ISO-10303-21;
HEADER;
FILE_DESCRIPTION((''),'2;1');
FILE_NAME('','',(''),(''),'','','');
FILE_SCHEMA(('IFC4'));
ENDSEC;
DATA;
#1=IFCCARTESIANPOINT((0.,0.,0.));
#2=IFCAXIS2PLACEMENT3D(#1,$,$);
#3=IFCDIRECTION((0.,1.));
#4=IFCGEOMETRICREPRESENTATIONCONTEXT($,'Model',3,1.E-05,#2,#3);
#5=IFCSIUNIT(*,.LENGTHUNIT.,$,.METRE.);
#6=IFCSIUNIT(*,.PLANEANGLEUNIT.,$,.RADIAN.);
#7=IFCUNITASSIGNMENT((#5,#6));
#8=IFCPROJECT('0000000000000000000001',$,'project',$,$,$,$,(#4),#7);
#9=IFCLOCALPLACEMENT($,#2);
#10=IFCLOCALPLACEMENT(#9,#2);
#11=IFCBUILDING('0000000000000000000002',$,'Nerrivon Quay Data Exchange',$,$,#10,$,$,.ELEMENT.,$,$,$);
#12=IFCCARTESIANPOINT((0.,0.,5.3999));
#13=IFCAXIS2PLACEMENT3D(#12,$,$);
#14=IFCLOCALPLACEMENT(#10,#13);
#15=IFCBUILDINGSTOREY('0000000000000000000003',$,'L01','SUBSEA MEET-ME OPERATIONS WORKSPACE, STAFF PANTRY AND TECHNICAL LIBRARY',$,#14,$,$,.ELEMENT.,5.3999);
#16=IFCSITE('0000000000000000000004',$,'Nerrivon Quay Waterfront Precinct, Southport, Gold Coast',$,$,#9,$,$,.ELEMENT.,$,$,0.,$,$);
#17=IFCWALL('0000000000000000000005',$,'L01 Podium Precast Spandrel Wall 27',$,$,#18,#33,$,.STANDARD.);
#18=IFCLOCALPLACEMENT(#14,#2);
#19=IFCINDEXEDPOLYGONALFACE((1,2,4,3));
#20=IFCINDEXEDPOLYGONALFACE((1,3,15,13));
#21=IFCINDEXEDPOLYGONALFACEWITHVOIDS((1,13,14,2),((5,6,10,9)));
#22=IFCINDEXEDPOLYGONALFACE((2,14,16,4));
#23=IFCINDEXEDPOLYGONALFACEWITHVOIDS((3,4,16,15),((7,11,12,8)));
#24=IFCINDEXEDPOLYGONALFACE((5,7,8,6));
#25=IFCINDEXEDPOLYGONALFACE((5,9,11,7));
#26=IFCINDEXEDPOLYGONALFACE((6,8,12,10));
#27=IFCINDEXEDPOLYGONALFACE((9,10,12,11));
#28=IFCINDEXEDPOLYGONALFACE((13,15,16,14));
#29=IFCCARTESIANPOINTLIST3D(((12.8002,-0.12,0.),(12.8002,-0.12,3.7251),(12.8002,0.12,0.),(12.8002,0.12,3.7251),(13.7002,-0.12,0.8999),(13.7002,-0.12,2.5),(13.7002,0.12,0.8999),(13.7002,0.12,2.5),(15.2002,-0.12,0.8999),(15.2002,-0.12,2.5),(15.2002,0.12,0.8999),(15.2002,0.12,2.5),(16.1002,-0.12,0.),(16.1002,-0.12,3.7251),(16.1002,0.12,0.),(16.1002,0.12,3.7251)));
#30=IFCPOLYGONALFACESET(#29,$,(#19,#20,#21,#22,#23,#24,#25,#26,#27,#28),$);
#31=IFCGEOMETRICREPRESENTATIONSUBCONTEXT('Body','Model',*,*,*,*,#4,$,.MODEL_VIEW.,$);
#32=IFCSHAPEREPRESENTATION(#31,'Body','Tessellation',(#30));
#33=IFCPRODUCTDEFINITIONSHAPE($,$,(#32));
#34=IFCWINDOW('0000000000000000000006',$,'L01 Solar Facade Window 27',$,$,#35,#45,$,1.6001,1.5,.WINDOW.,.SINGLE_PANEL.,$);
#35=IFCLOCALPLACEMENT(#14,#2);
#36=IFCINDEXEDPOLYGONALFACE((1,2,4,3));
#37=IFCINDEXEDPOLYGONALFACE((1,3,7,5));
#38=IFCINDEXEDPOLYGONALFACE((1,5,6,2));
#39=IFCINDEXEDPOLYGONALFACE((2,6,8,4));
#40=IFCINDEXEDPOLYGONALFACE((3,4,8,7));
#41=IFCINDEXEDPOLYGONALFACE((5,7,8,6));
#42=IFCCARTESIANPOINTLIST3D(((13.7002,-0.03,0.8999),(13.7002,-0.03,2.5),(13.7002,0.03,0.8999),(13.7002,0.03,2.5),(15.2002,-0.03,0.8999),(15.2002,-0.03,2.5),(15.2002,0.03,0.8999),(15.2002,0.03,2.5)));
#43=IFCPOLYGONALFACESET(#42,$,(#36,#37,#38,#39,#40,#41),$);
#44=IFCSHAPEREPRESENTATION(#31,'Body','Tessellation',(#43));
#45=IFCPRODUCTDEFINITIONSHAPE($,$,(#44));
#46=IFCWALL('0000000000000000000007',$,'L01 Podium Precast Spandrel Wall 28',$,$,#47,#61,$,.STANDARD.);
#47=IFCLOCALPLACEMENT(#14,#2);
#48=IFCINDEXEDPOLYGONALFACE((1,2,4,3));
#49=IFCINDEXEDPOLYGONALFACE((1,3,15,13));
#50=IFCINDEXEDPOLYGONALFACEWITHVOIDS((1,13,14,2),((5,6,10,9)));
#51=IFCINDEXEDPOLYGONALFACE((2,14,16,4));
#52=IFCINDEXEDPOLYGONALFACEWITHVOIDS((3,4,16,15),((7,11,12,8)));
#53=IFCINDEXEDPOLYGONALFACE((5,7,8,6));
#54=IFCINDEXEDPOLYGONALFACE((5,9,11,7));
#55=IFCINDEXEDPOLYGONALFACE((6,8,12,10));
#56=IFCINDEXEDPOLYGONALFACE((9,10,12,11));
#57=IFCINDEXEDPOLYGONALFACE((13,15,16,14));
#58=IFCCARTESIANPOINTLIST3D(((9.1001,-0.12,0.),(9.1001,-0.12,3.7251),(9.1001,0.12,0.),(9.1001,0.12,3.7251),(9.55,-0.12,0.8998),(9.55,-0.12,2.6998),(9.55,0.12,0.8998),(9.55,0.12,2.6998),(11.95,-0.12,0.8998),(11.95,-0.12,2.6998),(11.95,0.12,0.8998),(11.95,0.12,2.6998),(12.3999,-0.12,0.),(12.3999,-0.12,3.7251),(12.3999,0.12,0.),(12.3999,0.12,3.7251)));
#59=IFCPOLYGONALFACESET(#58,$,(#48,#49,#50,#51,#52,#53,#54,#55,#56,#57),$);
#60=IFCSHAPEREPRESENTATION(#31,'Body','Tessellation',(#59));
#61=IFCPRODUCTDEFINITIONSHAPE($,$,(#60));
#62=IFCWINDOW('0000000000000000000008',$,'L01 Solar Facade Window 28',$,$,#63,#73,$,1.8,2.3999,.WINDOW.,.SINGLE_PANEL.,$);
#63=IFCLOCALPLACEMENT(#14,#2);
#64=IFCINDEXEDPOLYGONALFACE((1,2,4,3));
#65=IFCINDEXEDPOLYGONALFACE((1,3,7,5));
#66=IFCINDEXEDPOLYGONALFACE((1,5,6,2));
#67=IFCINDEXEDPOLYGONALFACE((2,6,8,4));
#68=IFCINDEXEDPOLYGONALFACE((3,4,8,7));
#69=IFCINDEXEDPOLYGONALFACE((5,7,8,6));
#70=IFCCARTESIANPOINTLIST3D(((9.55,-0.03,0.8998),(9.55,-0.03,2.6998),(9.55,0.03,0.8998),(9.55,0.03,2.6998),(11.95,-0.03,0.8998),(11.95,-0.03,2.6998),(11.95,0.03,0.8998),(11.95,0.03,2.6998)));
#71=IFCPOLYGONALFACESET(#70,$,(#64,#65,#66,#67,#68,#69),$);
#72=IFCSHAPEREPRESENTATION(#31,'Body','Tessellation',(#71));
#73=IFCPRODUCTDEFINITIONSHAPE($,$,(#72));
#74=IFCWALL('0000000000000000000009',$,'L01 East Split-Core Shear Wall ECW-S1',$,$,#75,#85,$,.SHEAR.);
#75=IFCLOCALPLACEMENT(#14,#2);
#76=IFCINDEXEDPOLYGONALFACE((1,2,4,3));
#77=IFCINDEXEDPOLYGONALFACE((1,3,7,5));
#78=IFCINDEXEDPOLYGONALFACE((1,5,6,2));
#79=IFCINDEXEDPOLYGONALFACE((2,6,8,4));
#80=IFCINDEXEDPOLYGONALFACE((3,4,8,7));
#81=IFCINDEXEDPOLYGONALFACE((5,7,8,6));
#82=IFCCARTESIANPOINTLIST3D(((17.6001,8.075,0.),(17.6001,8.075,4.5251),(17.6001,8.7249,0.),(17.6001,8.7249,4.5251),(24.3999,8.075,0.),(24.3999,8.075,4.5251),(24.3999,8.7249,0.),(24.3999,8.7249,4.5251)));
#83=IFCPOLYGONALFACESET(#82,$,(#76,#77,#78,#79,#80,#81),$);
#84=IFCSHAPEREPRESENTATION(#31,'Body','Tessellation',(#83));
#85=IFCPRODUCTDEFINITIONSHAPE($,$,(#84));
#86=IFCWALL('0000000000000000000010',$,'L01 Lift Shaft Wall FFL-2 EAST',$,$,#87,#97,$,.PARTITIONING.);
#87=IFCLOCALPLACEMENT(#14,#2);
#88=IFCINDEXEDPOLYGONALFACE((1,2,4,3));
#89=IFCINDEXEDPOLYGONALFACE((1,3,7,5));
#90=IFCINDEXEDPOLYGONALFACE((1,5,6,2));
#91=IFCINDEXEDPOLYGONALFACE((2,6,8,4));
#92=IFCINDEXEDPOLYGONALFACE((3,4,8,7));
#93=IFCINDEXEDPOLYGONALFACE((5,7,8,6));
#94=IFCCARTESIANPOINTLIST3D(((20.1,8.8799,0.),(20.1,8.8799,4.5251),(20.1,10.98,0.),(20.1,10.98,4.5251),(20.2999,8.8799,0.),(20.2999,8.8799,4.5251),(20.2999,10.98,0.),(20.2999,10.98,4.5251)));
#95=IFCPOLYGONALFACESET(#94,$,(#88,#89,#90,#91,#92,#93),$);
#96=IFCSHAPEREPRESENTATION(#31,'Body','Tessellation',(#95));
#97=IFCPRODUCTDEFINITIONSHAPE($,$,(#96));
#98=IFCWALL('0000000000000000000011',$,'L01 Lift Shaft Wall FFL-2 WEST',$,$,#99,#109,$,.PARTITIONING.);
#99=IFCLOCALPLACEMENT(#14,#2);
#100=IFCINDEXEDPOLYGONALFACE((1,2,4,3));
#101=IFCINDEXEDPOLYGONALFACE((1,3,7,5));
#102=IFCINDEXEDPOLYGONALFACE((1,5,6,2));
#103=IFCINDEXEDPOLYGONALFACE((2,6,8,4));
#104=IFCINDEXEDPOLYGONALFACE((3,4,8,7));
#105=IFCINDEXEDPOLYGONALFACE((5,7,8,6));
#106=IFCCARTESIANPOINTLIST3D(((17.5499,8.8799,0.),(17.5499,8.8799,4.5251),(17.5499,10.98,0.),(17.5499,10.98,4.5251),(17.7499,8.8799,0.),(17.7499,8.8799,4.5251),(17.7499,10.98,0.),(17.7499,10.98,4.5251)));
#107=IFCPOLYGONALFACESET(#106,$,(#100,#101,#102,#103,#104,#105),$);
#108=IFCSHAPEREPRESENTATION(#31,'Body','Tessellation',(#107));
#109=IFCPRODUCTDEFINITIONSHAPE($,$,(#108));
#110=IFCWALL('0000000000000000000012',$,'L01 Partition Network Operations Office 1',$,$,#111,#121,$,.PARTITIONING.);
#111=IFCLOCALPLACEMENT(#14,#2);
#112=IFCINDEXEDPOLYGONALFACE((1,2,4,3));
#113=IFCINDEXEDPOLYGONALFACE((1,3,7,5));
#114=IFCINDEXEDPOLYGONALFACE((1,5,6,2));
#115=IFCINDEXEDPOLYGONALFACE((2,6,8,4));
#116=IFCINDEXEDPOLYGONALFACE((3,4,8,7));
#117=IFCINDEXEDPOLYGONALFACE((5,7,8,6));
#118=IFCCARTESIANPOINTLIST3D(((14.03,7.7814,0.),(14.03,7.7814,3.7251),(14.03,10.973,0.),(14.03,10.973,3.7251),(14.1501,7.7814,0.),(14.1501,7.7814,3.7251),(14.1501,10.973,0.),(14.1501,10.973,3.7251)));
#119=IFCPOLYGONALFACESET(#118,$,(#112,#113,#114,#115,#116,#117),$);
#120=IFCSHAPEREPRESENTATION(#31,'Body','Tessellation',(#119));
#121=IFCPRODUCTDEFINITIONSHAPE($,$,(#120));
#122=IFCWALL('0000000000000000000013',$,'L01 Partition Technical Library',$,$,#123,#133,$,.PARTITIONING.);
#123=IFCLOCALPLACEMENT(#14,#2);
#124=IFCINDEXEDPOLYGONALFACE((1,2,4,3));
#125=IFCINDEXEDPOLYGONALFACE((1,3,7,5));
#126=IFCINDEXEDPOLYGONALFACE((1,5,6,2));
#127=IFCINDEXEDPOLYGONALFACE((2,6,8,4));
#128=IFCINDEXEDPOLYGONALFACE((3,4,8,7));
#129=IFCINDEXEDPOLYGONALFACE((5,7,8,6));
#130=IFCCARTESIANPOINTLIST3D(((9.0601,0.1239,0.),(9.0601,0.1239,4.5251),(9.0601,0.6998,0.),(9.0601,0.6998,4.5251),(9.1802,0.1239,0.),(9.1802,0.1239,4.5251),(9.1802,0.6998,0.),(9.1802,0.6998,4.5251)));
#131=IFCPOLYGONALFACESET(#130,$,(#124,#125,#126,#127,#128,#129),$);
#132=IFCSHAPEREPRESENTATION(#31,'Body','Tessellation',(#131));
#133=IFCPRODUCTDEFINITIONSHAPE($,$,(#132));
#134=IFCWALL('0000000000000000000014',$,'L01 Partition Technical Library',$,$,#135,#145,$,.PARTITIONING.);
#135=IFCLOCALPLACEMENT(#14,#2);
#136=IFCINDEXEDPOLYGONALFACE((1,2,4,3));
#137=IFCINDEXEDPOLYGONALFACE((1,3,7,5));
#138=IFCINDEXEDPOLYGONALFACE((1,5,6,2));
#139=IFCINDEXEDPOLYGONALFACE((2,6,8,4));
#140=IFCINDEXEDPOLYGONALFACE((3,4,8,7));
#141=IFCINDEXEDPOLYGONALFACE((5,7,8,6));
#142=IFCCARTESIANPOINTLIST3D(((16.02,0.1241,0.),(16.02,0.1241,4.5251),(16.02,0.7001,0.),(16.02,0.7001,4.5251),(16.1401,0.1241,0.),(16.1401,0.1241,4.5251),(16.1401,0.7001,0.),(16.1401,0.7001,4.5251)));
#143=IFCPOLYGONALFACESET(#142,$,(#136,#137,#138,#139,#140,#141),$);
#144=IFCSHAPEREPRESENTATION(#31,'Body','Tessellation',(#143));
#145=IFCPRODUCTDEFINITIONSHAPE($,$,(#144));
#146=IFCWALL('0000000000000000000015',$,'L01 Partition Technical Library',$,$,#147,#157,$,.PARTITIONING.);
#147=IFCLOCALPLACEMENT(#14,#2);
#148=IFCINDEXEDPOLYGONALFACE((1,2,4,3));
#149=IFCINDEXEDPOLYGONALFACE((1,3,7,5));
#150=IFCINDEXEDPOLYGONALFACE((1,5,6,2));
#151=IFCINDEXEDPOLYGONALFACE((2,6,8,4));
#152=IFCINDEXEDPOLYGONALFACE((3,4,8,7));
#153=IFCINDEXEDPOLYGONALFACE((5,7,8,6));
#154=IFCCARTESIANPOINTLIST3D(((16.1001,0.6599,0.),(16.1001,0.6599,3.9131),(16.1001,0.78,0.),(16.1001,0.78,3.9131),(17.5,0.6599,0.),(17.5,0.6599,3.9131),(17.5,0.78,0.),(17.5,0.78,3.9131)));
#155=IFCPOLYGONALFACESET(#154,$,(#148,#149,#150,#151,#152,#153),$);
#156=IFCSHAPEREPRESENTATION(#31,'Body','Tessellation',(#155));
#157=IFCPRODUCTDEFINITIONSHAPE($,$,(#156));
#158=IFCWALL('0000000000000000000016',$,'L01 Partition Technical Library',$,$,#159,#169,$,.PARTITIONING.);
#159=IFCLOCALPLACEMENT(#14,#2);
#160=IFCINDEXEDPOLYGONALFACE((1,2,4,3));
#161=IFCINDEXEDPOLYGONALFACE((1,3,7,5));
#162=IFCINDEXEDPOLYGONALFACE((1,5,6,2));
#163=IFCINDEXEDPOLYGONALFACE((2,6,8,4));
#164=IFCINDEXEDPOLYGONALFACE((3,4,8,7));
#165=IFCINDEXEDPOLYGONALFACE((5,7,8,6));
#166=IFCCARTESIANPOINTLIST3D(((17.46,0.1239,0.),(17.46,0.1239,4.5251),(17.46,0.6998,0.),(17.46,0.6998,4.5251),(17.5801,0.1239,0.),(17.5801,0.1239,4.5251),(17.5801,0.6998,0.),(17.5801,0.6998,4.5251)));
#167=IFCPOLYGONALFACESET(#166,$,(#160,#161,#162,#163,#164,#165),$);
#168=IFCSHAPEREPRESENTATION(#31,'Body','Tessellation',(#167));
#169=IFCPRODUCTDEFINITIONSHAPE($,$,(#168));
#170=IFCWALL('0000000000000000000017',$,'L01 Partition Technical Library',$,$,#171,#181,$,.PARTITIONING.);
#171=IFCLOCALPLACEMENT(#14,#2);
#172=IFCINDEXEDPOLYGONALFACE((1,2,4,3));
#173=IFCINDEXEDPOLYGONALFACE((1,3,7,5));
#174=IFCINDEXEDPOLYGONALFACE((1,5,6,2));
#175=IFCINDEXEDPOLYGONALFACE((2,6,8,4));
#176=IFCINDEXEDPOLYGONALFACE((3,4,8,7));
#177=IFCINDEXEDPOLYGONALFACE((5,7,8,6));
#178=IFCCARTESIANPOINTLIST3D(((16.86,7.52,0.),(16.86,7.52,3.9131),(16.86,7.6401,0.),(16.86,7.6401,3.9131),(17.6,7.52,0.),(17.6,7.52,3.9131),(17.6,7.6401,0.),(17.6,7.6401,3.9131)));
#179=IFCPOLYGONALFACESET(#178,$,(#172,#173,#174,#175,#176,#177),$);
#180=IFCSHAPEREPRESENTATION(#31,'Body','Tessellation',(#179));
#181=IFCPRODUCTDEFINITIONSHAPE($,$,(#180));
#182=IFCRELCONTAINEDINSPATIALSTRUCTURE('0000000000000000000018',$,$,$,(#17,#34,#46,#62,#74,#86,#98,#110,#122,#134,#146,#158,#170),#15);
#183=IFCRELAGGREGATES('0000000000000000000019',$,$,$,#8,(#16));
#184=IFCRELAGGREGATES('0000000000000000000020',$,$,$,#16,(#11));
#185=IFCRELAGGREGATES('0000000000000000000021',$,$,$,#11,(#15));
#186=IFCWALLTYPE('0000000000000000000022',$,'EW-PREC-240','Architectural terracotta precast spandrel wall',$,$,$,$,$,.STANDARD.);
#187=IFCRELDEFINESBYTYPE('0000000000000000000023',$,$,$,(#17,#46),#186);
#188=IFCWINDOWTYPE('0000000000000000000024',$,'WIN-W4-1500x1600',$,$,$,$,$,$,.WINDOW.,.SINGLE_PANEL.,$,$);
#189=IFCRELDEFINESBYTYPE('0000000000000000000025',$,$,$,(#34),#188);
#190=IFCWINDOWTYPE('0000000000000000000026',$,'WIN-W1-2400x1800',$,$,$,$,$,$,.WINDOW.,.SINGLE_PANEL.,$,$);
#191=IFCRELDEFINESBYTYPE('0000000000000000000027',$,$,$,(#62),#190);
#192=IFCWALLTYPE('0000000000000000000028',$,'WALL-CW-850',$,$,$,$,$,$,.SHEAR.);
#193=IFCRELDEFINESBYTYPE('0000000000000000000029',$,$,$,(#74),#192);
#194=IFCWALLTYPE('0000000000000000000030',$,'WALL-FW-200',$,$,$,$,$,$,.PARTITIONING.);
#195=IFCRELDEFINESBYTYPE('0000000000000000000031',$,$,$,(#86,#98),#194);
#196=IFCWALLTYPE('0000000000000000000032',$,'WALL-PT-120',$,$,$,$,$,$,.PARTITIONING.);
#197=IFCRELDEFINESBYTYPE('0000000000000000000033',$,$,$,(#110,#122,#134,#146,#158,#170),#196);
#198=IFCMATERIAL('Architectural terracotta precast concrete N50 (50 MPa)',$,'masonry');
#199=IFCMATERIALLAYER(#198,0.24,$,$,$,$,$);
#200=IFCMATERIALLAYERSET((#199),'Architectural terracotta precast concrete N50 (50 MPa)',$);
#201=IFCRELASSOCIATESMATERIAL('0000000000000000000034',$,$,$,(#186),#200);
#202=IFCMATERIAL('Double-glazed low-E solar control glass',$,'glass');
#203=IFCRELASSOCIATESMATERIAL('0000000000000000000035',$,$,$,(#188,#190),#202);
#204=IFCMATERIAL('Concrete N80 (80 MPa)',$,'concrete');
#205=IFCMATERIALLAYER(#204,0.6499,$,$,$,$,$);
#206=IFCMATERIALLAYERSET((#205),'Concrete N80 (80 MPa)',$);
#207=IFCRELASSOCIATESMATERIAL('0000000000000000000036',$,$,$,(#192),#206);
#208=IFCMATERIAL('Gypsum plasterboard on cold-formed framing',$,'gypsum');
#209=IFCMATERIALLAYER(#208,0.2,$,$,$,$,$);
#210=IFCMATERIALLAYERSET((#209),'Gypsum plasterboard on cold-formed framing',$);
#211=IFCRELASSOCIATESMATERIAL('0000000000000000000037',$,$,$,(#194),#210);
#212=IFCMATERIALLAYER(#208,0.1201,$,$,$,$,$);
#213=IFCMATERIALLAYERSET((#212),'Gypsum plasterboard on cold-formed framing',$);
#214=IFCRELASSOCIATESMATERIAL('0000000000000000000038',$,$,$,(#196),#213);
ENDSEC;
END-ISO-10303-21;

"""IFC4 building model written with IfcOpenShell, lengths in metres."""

from ifc_helpers import new_model, si_unit, direction, frame, frame_2d, origin, place, context, subcontext, project, spatial, rectangle, extrude, material, layer, layer_set, type_object, element, fill, save


model = new_model("IFC4")

# Units and contexts
model_context = context("Model", 3, precision=1e-05, world=origin(), true_north=direction((0.0, 1.0)))
body_context = subcontext(model_context, "Body", "Model", "MODEL_VIEW")
ifc_project = project(units=[si_unit("LENGTHUNIT", "METRE"), si_unit("PLANEANGLEUNIT", "RADIAN")], contexts=[model_context])

# Site, building, storey
site_placement = place(None, origin())
site = spatial("IfcSite", under=ifc_project, at=site_placement, Name="Nerrivon Quay Waterfront Precinct, Southport, Gold Coast", CompositionType="ELEMENT", RefElevation=0.0)
building_placement = place(site_placement, origin())
building = spatial("IfcBuilding", under=site, at=building_placement, Name="Nerrivon Quay Data Exchange", CompositionType="ELEMENT")
storey_placement = place(building_placement, frame((0.0, 0.0, 5.3999)))
storey = spatial("IfcBuildingStorey", under=building, at=storey_placement, Name="L01", Description="SUBSEA MEET-ME OPERATIONS WORKSPACE, STAFF PANTRY AND TECHNICAL LIBRARY", CompositionType="ELEMENT", Elevation=5.3999)

# Shared definitions
ifc_material_1 = material(Name="Concrete N80 (80 MPa)", Category="concrete")

# Walls, openings, windows
ifc_material_2 = material(Name="Architectural terracotta precast concrete N50 (50 MPa)", Category="masonry")
ifc_layer_1 = layer(ifc_material_2, 0.24)
ifc_layer_set_1 = layer_set([ifc_layer_1], Name="Architectural terracotta precast concrete N50 (50 MPa)")
wall_type_1 = type_object("IfcWallType", Name="EW-PREC-240", Description="Architectural terracotta precast spandrel wall", PredefinedType="STANDARD", material=ifc_layer_set_1)
ifc_material_3 = material(Name="Double-glazed low-E solar control glass", Category="glass")
window_type_1 = type_object("IfcWindowType", Name="WIN-W4-1500x1600", PartitioningType="SINGLE_PANEL", PredefinedType="WINDOW", material=ifc_material_3)
wall_1_placement = place(storey_placement, frame((16.1001, 0.0, 0.0), z_axis=(0.0, 0.0, 1.0), x_axis=(-1.0, 0.0, 0.0)))
wall_1 = element("IfcWall", 1, at=wall_1_placement, inside=storey, type_object=wall_type_1, Name="L01 Podium Precast Spandrel Wall 27", PredefinedType="STANDARD", context=body_context, shape_type="SweptSolid", body=[
    extrude(rectangle(XDim=3.3, YDim=0.24, at=frame_2d((1.6499, 0.0))), origin(), (0.0, 0.0, 1.0), 3.7251),
])
opening_1_placement = place(wall_1_placement, frame((0.8999, 0.0, 0.8999)))
opening_1 = element("IfcOpeningElement", 2, at=opening_1_placement, cuts=wall_1, PredefinedType="OPENING", context=body_context, shape_type="SweptSolid", body=[
    extrude(rectangle(XDim=1.5, YDim=1.6001, at=frame_2d((0.75, 0.8))), frame((0.0, 0.1299, 0.0), z_axis=(0.0, -1.0, 0.0), x_axis=(1.0, 0.0, 0.0)), (0.0, 0.0, 1.0), 0.26),
])
window_1_placement = place(opening_1_placement, origin())
window_1 = element("IfcWindow", 3, at=window_1_placement, inside=storey, type_object=window_type_1, Name="L01 Solar Facade Window 27", OverallHeight=1.6001, OverallWidth=1.5, PartitioningType="SINGLE_PANEL", PredefinedType="WINDOW", context=body_context, shape_type="SweptSolid", body=[
    extrude(rectangle(XDim=1.5, YDim=1.6001, at=frame_2d((0.75, 0.8))), frame((0.0, 0.03, 0.0), z_axis=(0.0, -1.0, 0.0), x_axis=(1.0, 0.0, 0.0)), (0.0, 0.0, 1.0), 0.0601),
])
fill(opening_1, window_1)
wall_2_placement = place(storey_placement, frame((12.3999, 0.0, 0.0), z_axis=(0.0, 0.0, 1.0), x_axis=(-1.0, 0.0, 0.0)))
wall_2 = element("IfcWall", 4, at=wall_2_placement, inside=storey, type_object=wall_type_1, Name="L01 Podium Precast Spandrel Wall 28", PredefinedType="STANDARD", context=body_context, shape_type="SweptSolid", body=[
    extrude(rectangle(XDim=3.2998, YDim=0.24, at=frame_2d((1.6499, 0.0))), origin(), (0.0, 0.0, 1.0), 3.7251),
])
opening_2_placement = place(wall_2_placement, frame((0.45, 0.0, 0.8999)))
opening_2 = element("IfcOpeningElement", 5, at=opening_2_placement, cuts=wall_2, PredefinedType="OPENING", context=body_context, shape_type="SweptSolid", body=[
    extrude(rectangle(XDim=2.3999, YDim=1.8, at=frame_2d((1.2, 0.8999))), frame((0.0, 0.1299, 0.0), z_axis=(0.0, -1.0, 0.0), x_axis=(1.0, 0.0, 0.0)), (0.0, 0.0, 1.0), 0.26),
])
window_type_2 = type_object("IfcWindowType", Name="WIN-W1-2400x1800", PartitioningType="SINGLE_PANEL", PredefinedType="WINDOW", material=ifc_material_3)
window_2_placement = place(opening_2_placement, origin())
window_2 = element("IfcWindow", 6, at=window_2_placement, inside=storey, type_object=window_type_2, Name="L01 Solar Facade Window 28", OverallHeight=1.8, OverallWidth=2.3999, PartitioningType="SINGLE_PANEL", PredefinedType="WINDOW", context=body_context, shape_type="SweptSolid", body=[
    extrude(rectangle(XDim=2.3999, YDim=1.8, at=frame_2d((1.2, 0.8999))), frame((0.0, 0.03, 0.0), z_axis=(0.0, -1.0, 0.0), x_axis=(1.0, 0.0, 0.0)), (0.0, 0.0, 1.0), 0.0601),
])
fill(opening_2, window_2)

# Walls
ifc_layer_2 = layer(ifc_material_1, 0.6499)
ifc_layer_set_2 = layer_set([ifc_layer_2], Name="Concrete N80 (80 MPa)")
wall_type_2 = type_object("IfcWallType", Name="WALL-CW-850", PredefinedType="SHEAR", material=ifc_layer_set_2)
wall_3_placement = place(storey_placement, frame((17.6001, 8.3999, 0.0), z_axis=(0.0, 0.0, 1.0), x_axis=(1.0, 0.0, 0.0)))
element("IfcWall", 7, at=wall_3_placement, inside=storey, type_object=wall_type_2, Name="L01 East Split-Core Shear Wall ECW-S1", PredefinedType="SHEAR", context=body_context, shape_type="SweptSolid", body=[
    extrude(rectangle(XDim=6.7998, YDim=0.6499, at=frame_2d((3.3999, 0.0))), origin(), (0.0, 0.0, 1.0), 4.5251),
])
ifc_material_4 = material(Name="Gypsum plasterboard on cold-formed framing", Category="gypsum")
ifc_layer_3 = layer(ifc_material_4, 0.2)
ifc_layer_set_3 = layer_set([ifc_layer_3], Name="Gypsum plasterboard on cold-formed framing")
wall_type_3 = type_object("IfcWallType", Name="WALL-FW-200", PredefinedType="PARTITIONING", material=ifc_layer_set_3)
for number, where, z_axis, x_axis, name in (
    (8, (20.2, 8.8799, 0.0), (0.0, 0.0, 1.0), (0.0, 1.0, 0.0), "L01 Lift Shaft Wall FFL-2 EAST"),
    (9, (17.6499, 8.8799, 0.0), (0.0, 0.0, 1.0), (0.0, 1.0, 0.0), "L01 Lift Shaft Wall FFL-2 WEST"),
):
    element("IfcWall", number, at=place(storey_placement, frame(where, z_axis=z_axis, x_axis=x_axis)), inside=storey, type_object=wall_type_3, Name=name, PredefinedType="PARTITIONING", context=body_context, shape_type="SweptSolid", body=[
        extrude(rectangle(XDim=2.1001, YDim=0.2, at=frame_2d((1.05, 0.0))), origin(), (0.0, 0.0, 1.0), 4.5251),
    ])
ifc_layer_4 = layer(ifc_material_4, 0.1201)
ifc_layer_set_4 = layer_set([ifc_layer_4], Name="Gypsum plasterboard on cold-formed framing")
wall_type_4 = type_object("IfcWallType", Name="WALL-PT-120", PredefinedType="PARTITIONING", material=ifc_layer_set_4)
wall_4_placement = place(storey_placement, frame((14.0901, 7.7815, 0.0), z_axis=(0.0, 0.0, 1.0), x_axis=(0.0, 1.0, 0.0)))
element("IfcWall", 10, at=wall_4_placement, inside=storey, type_object=wall_type_4, Name="L01 Partition Network Operations Office 1", PredefinedType="PARTITIONING", context=body_context, shape_type="SweptSolid", body=[
    extrude(rectangle(XDim=3.1917, YDim=0.1201, at=frame_2d((1.5957, 0.0))), origin(), (0.0, 0.0, 1.0), 3.7251),
])
for number, where, z_axis, x_axis, name in (
    (11, (9.1201, 0.7, 0.0), (0.0, 0.0, 1.0), (0.0, -1.0, 0.0), "L01 Partition Technical Library"),
    (12, (16.0801, 0.124, 0.0), (0.0, 0.0, 1.0), (0.0, 1.0, 0.0), "L01 Partition Technical Library"),
):
    element("IfcWall", number, at=place(storey_placement, frame(where, z_axis=z_axis, x_axis=x_axis)), inside=storey, type_object=wall_type_4, Name=name, PredefinedType="PARTITIONING", context=body_context, shape_type="SweptSolid", body=[
        extrude(rectangle(XDim=0.5759, YDim=0.1201, at=frame_2d((0.2881, 0.0))), origin(), (0.0, 0.0, 1.0), 4.5251),
    ])
wall_5_placement = place(storey_placement, frame((16.1001, 0.72, 0.0), z_axis=(0.0, 0.0, 1.0), x_axis=(1.0, 0.0, 0.0)))
element("IfcWall", 13, at=wall_5_placement, inside=storey, type_object=wall_type_4, Name="L01 Partition Technical Library", PredefinedType="PARTITIONING", context=body_context, shape_type="SweptSolid", body=[
    extrude(rectangle(XDim=1.3999, YDim=0.1201, at=frame_2d((0.7, 0.0))), origin(), (0.0, 0.0, 1.0), 3.9131),
])
wall_6_placement = place(storey_placement, frame((17.52, 0.7, 0.0), z_axis=(0.0, 0.0, 1.0), x_axis=(0.0, -1.0, 0.0)))
element("IfcWall", 14, at=wall_6_placement, inside=storey, type_object=wall_type_4, Name="L01 Partition Technical Library", PredefinedType="PARTITIONING", context=body_context, shape_type="SweptSolid", body=[
    extrude(rectangle(XDim=0.5759, YDim=0.1201, at=frame_2d((0.2881, 0.0))), origin(), (0.0, 0.0, 1.0), 4.5251),
])
wall_7_placement = place(storey_placement, frame((17.6001, 7.5801, 0.0), z_axis=(0.0, 0.0, 1.0), x_axis=(-1.0, 0.0, 0.0)))
element("IfcWall", 15, at=wall_7_placement, inside=storey, type_object=wall_type_4, Name="L01 Partition Technical Library", PredefinedType="PARTITIONING", context=body_context, shape_type="SweptSolid", body=[
    extrude(rectangle(XDim=0.74, YDim=0.1201, at=frame_2d((0.3701, 0.0))), origin(), (0.0, 0.0, 1.0), 3.9131),
])

save(model, "model.ifc")
